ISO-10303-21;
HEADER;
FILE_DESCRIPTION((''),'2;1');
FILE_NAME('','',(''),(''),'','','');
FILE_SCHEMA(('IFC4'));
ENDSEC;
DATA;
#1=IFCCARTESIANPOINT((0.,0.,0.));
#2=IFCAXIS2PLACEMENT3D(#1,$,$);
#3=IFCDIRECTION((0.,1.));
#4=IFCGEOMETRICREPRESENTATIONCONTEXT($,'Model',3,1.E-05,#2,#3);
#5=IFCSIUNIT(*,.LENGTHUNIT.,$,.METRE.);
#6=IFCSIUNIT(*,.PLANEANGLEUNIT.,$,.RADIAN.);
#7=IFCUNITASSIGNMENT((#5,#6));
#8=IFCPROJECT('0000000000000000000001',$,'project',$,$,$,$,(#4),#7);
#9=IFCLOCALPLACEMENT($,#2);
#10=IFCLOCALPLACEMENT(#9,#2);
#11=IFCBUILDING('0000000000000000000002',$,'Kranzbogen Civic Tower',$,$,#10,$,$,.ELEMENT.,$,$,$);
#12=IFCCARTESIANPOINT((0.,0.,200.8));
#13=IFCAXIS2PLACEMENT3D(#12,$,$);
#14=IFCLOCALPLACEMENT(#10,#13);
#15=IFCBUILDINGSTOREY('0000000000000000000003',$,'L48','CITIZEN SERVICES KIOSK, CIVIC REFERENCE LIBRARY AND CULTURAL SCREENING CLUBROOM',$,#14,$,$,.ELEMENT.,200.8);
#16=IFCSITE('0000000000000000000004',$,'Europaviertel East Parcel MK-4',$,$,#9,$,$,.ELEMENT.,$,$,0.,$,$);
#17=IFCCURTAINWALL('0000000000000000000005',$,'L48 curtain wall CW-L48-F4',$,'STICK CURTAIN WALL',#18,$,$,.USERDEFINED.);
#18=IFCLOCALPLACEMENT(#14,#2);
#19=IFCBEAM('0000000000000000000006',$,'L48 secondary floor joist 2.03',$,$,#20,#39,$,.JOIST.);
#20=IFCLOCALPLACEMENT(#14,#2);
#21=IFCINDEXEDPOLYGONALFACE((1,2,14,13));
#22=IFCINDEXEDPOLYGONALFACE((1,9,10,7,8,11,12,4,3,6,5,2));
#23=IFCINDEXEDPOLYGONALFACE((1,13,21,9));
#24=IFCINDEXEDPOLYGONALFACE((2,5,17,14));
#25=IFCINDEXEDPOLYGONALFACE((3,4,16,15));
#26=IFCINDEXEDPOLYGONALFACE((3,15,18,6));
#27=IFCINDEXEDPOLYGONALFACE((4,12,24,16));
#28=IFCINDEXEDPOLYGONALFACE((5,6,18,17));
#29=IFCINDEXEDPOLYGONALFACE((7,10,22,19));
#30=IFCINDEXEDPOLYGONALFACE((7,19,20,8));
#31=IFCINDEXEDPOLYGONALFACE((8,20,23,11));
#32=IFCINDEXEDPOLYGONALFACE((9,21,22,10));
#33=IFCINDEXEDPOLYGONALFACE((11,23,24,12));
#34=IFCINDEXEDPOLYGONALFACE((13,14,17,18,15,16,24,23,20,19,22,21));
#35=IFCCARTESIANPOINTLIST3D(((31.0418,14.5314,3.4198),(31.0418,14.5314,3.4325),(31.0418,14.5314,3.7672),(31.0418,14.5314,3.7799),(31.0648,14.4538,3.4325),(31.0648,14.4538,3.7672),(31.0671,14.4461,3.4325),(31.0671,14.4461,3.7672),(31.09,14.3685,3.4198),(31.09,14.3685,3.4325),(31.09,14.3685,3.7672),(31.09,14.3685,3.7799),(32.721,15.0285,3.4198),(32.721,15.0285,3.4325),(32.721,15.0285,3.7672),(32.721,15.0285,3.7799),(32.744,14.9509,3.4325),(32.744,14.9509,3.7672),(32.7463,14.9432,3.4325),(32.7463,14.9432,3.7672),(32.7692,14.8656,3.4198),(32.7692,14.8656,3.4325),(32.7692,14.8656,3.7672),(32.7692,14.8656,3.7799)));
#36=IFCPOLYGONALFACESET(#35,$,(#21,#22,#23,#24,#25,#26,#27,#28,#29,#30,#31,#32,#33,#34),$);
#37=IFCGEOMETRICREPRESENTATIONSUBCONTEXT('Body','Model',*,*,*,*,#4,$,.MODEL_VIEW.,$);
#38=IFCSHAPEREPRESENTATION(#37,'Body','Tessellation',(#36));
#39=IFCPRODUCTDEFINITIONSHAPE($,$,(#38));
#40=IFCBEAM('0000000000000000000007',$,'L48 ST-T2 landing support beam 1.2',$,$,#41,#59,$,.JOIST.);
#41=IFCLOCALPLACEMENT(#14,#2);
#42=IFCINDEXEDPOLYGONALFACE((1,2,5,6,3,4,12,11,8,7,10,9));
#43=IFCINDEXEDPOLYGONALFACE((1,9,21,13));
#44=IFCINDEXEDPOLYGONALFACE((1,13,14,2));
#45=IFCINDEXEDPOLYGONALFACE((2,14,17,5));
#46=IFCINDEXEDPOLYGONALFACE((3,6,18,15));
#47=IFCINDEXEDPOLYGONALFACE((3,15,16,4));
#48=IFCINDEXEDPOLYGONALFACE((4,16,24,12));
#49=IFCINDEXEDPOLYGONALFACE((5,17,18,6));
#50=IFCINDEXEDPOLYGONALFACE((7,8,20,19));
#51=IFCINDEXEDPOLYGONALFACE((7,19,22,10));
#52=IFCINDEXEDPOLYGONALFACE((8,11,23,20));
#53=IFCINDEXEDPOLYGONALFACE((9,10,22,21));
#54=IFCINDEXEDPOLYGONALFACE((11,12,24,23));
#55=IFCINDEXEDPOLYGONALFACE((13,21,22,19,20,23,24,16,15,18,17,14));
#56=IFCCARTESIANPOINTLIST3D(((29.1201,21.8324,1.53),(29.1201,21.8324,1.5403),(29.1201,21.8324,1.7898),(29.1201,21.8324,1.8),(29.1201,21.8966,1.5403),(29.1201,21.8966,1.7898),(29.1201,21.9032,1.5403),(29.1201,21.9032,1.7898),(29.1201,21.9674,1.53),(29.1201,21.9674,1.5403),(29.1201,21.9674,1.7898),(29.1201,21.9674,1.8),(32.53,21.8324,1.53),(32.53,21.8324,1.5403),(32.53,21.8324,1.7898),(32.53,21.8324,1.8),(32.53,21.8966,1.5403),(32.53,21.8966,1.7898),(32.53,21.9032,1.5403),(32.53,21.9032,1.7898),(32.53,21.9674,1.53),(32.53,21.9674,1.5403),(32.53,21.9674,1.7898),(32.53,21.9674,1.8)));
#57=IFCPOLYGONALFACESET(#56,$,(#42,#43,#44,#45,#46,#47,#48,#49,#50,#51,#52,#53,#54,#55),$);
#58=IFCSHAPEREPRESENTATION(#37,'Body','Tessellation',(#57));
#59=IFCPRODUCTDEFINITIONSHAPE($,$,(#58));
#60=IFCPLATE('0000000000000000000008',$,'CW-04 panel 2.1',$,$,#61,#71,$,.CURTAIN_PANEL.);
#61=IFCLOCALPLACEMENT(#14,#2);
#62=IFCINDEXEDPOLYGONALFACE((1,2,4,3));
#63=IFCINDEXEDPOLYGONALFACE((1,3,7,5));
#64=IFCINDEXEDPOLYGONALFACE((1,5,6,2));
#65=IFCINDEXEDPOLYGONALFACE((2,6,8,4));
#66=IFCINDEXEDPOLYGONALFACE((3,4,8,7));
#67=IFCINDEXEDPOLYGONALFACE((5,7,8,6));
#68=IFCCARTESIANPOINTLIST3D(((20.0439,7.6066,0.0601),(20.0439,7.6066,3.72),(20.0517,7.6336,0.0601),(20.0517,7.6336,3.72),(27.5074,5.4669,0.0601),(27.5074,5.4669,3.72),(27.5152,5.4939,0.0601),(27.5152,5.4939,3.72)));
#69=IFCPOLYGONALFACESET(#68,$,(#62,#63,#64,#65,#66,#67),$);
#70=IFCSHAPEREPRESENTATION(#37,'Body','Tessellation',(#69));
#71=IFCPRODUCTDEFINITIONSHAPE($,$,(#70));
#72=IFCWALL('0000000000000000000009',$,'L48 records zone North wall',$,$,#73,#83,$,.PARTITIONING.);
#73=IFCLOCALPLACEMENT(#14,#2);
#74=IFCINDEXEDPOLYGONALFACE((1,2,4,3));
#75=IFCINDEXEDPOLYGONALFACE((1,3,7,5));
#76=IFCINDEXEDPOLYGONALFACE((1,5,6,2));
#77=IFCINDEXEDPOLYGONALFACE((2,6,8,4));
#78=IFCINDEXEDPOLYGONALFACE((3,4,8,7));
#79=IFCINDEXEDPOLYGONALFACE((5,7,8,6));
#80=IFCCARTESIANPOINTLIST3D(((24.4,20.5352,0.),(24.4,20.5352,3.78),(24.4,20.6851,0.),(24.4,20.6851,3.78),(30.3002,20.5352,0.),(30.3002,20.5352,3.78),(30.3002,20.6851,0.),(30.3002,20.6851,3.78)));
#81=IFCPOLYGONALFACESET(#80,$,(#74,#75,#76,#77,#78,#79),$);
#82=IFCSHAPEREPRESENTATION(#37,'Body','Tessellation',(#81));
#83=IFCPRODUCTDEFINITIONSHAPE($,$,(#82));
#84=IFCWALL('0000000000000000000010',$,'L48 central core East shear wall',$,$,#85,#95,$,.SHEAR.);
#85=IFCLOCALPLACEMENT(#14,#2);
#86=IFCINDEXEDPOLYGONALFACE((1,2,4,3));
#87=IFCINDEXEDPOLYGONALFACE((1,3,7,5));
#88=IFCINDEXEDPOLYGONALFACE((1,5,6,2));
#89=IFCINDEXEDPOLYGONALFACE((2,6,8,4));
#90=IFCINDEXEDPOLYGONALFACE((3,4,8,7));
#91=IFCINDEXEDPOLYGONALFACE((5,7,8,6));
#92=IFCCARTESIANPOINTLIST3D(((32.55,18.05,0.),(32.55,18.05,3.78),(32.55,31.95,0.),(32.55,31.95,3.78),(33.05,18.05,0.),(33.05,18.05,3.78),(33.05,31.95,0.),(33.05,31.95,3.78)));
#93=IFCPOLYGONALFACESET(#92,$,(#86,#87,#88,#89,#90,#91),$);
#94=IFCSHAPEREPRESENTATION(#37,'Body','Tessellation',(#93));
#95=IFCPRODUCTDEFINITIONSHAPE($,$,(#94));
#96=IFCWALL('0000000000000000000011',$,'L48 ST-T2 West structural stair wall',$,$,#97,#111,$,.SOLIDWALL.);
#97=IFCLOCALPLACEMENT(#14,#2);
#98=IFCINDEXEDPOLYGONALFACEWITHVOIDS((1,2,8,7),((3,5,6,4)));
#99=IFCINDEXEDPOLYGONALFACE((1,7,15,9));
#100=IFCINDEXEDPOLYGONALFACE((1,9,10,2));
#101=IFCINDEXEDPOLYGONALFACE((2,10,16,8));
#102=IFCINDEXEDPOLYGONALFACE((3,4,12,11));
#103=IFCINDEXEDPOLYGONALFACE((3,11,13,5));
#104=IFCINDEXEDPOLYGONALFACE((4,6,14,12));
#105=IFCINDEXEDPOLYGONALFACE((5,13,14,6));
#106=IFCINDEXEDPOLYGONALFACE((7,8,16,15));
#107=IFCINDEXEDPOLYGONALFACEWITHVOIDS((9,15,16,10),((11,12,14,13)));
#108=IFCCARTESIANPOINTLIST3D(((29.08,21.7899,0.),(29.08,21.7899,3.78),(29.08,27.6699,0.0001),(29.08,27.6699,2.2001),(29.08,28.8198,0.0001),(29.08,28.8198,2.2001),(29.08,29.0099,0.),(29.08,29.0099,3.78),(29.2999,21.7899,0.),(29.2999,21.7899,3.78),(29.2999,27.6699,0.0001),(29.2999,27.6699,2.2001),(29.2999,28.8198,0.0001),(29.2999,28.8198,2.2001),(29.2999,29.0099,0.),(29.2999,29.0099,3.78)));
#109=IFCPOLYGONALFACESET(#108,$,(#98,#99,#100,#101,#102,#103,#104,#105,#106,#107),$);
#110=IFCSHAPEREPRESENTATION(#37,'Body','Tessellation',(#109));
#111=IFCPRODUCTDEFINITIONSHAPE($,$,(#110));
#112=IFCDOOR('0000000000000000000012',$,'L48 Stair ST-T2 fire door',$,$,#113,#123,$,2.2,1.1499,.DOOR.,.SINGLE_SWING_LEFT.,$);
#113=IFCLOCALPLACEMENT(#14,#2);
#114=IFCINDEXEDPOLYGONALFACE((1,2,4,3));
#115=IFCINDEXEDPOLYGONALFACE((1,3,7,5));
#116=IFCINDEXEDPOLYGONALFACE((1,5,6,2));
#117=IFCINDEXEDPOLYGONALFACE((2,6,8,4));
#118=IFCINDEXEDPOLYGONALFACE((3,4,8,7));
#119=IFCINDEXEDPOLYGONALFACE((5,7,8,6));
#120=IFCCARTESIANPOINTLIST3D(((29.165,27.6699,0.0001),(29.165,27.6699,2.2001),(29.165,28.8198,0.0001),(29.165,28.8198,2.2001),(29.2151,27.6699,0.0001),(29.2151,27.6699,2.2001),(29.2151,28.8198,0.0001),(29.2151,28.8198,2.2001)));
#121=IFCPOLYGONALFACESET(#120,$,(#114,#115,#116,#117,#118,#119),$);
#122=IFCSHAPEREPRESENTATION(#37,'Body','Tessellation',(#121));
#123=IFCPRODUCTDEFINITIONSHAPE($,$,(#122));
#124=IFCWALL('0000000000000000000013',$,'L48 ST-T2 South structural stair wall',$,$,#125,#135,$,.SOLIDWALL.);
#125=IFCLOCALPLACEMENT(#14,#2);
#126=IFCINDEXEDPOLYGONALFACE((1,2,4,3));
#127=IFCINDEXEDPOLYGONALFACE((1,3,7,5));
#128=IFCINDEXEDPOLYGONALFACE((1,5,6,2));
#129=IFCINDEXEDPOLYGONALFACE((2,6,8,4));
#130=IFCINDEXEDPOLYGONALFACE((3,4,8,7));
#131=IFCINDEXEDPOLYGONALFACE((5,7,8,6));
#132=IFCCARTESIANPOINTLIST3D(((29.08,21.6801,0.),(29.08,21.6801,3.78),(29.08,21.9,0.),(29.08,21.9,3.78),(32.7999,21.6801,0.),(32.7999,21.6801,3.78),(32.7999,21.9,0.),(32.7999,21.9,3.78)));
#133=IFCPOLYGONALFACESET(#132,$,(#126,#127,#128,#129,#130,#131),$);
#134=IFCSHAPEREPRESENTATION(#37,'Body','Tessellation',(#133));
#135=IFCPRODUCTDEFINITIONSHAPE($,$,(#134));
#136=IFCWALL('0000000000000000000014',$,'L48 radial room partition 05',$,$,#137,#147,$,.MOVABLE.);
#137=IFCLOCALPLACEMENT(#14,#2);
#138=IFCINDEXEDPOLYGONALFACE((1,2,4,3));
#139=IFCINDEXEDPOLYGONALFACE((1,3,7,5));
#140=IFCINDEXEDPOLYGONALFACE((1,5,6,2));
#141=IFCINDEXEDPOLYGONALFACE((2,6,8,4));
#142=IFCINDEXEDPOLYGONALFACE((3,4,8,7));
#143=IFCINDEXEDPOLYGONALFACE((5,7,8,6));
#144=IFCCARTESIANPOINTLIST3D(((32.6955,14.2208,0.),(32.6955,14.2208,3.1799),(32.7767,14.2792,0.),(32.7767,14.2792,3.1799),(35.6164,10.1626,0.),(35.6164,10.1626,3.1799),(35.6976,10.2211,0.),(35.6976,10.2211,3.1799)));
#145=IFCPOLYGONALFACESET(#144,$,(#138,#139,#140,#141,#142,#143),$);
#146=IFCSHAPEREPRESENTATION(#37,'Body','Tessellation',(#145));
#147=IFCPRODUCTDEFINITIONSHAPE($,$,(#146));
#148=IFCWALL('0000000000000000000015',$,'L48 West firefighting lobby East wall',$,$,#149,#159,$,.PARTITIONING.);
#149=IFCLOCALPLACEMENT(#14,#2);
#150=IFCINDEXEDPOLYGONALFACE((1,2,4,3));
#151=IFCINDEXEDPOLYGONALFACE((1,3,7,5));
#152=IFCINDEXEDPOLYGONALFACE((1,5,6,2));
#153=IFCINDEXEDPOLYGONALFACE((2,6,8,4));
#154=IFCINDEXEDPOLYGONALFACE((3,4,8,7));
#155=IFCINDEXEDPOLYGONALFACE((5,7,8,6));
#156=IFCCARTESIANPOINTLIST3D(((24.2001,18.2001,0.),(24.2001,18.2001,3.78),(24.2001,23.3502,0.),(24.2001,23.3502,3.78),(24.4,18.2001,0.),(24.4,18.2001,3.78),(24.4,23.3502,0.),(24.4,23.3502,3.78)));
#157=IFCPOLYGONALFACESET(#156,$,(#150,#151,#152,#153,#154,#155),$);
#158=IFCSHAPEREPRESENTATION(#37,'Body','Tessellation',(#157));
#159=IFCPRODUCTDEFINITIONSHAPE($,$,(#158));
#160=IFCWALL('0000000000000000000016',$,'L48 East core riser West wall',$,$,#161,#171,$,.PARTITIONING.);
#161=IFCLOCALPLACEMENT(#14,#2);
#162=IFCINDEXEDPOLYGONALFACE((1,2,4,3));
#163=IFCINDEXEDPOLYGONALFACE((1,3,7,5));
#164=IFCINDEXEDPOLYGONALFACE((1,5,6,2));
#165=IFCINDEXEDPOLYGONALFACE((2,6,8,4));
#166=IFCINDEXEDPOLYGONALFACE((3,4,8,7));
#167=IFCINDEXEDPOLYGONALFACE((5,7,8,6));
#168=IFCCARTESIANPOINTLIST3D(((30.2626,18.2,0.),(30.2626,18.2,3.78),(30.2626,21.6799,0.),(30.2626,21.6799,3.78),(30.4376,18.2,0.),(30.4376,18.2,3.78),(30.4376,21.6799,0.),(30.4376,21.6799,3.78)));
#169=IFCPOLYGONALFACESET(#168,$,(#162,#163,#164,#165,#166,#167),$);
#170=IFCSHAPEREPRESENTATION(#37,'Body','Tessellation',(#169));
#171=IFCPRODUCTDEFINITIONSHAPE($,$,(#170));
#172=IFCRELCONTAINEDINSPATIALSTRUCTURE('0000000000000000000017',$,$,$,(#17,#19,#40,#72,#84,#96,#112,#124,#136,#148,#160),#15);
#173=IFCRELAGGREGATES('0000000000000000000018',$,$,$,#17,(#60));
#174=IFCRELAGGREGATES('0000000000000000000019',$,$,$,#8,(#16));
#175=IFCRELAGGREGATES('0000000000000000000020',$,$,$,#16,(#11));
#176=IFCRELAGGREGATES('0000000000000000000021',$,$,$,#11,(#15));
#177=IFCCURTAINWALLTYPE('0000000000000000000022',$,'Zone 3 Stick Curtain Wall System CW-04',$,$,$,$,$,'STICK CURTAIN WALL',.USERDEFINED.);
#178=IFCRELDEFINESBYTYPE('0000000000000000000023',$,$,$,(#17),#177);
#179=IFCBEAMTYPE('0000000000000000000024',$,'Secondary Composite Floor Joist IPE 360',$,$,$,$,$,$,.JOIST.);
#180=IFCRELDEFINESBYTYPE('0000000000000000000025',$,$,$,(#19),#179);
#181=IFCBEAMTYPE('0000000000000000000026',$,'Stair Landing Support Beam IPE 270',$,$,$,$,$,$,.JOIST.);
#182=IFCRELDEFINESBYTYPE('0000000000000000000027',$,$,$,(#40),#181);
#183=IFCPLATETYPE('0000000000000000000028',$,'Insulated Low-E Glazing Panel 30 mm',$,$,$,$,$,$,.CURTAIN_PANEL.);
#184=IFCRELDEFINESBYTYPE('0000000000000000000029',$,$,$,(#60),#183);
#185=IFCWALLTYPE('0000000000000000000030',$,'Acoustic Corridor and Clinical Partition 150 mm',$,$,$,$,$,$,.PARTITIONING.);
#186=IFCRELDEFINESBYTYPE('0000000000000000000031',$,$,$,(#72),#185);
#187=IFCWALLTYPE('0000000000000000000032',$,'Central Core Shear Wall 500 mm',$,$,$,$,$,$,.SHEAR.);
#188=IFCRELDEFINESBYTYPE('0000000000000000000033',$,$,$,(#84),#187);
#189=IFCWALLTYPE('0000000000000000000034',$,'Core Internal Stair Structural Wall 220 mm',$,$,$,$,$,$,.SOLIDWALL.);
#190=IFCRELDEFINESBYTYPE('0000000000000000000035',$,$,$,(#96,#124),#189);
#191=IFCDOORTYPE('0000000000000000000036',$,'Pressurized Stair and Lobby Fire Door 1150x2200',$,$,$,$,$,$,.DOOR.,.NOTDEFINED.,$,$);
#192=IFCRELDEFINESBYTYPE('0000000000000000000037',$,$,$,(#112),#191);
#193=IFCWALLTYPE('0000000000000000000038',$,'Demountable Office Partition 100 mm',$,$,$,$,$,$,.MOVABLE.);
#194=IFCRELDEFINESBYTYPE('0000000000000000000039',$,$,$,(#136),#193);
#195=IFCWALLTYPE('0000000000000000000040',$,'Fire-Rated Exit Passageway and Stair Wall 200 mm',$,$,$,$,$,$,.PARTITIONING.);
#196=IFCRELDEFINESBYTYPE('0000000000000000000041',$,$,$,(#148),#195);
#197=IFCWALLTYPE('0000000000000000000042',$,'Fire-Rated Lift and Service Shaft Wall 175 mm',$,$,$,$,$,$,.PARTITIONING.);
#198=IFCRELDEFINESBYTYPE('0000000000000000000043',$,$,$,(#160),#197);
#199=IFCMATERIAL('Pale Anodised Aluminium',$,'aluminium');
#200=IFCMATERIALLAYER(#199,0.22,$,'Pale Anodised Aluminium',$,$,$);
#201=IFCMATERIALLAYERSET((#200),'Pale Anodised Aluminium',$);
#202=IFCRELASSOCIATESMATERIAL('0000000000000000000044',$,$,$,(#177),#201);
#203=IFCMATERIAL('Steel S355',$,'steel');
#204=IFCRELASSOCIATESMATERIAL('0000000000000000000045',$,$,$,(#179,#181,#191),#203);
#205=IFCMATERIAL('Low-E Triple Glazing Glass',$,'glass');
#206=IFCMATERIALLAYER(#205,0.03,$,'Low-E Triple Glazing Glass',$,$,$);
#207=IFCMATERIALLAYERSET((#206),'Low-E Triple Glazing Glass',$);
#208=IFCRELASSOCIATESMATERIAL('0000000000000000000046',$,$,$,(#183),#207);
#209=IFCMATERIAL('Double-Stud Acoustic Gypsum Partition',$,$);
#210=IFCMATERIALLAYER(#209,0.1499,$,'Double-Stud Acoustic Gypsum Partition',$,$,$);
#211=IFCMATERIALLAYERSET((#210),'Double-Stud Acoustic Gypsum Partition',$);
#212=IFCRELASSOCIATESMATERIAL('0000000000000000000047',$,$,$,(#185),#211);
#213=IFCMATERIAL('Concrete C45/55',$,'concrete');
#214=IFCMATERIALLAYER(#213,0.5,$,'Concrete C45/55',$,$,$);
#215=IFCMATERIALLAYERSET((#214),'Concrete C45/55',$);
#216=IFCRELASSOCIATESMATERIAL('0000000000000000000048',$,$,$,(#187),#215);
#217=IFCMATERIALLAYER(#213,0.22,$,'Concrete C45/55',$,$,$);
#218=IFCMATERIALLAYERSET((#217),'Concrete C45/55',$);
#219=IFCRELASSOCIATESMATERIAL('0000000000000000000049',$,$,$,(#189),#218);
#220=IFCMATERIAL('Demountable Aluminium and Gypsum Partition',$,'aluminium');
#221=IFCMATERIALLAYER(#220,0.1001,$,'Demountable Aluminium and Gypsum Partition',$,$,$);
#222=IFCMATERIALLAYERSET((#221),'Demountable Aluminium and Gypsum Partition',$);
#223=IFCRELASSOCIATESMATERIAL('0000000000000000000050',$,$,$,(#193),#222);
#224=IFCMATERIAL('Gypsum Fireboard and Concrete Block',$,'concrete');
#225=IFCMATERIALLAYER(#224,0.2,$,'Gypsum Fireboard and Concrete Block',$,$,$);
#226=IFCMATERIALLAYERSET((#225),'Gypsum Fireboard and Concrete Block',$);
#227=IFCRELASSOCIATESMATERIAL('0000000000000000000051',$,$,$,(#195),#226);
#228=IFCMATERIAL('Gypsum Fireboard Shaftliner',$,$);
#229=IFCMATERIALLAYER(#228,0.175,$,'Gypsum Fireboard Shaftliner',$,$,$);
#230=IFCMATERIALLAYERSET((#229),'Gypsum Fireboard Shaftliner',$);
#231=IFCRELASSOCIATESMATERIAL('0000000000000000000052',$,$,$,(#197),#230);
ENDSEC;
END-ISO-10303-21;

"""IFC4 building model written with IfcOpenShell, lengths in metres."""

from ifc_helpers import new_model, si_unit, direction, frame, frame_2d, origin, origin_2d, place, context, subcontext, project, spatial, rectangle, i_section, extrude, material, layer, layer_set, material_profile, profile_set, type_object, element, fill, aggregate, save


model = new_model("IFC4")

# Units and contexts
model_context = context("Model", 3, precision=1e-05, world=origin(), true_north=direction((0.0, 1.0)))
body_context = subcontext(model_context, "Body", "Model", "MODEL_VIEW")
ifc_project = project(units=[si_unit("LENGTHUNIT", "METRE"), si_unit("PLANEANGLEUNIT", "RADIAN")], contexts=[model_context])

# Site, building, storey
site_placement = place(None, origin())
site = spatial("IfcSite", under=ifc_project, at=site_placement, Name="Europaviertel East Parcel MK-4", CompositionType="ELEMENT", RefElevation=0.0)
building_placement = place(site_placement, origin())
building = spatial("IfcBuilding", under=site, at=building_placement, Name="Kranzbogen Civic Tower", CompositionType="ELEMENT")
storey_placement = place(building_placement, frame((0.0, 0.0, 200.8)))
storey = spatial("IfcBuildingStorey", under=building, at=storey_placement, Name="L48", Description="CITIZEN SERVICES KIOSK, CIVIC REFERENCE LIBRARY AND CULTURAL SCREENING CLUBROOM", CompositionType="ELEMENT", Elevation=200.8)

# Shared definitions
ifc_material_1 = material(Name="Steel S355", Category="steel")

# Curtain wall
ifc_material_2 = material(Name="Pale Anodised Aluminium", Category="aluminium")
ifc_layer_1 = layer(ifc_material_2, 0.22, Name="Pale Anodised Aluminium")
ifc_layer_set_1 = layer_set([ifc_layer_1], Name="Pale Anodised Aluminium")
curtain_wall_type = type_object("IfcCurtainWallType", Name="Zone 3 Stick Curtain Wall System CW-04", ElementType="STICK CURTAIN WALL", PredefinedType="USERDEFINED", material=ifc_layer_set_1)
curtain_wall_1_placement = place(storey_placement, origin())
curtain_wall_1 = element("IfcCurtainWall", 1, at=curtain_wall_1_placement, inside=storey, type_object=curtain_wall_type, Name="L48 curtain wall CW-L48-F4", ObjectType="STICK CURTAIN WALL", PredefinedType="USERDEFINED")

# Beams
ifc_material_profile_1 = material_profile(ifc_material_1, i_section(OverallWidth=0.1699, OverallDepth=0.3601, WebThickness=0.0081, FlangeThickness=0.0127, at=origin_2d()), Name="IPE 360")
ifc_profile_set_1 = profile_set([ifc_material_profile_1], Name="Steel S355")
beam_type_1 = type_object("IfcBeamType", Name="Secondary Composite Floor Joist IPE 360", PredefinedType="JOIST", material=ifc_profile_set_1)
beam_1_placement = place(storey_placement, frame((31.0659, 14.45, 3.5999), z_axis=(0.958871, 0.283841, 0.0), x_axis=(-0.283841, 0.958871, 0.0)))
element("IfcBeam", 2, at=beam_1_placement, inside=storey, type_object=beam_type_1, Name="L48 secondary floor joist 2.03", PredefinedType="JOIST", context=body_context, shape_type="SweptSolid", body=[
    extrude(i_section(OverallWidth=0.1699, OverallDepth=0.3601, WebThickness=0.0081, FlangeThickness=0.0127, at=origin_2d()), origin(), (0.0, 0.0, 1.0), 1.7512),
])
ifc_material_profile_2 = material_profile(ifc_material_1, i_section(OverallWidth=0.135, OverallDepth=0.27, WebThickness=0.0066, FlangeThickness=0.0103, at=origin_2d()), Name="IPE 270")
ifc_profile_set_2 = profile_set([ifc_material_profile_2], Name="Steel S355")
beam_type_2 = type_object("IfcBeamType", Name="Stair Landing Support Beam IPE 270", PredefinedType="JOIST", material=ifc_profile_set_2)
beam_2_placement = place(storey_placement, frame((29.1201, 21.8999, 1.665), z_axis=(1.0, 0.0, 0.0), x_axis=(0.0, 1.0, 0.0)))
element("IfcBeam", 3, at=beam_2_placement, inside=storey, type_object=beam_type_2, Name="L48 ST-T2 landing support beam 1.2", PredefinedType="JOIST", context=body_context, shape_type="SweptSolid", body=[
    extrude(i_section(OverallWidth=0.135, OverallDepth=0.27, WebThickness=0.0066, FlangeThickness=0.0103, at=origin_2d()), origin(), (0.0, 0.0, 1.0), 3.4099),
])

# Plate
ifc_material_3 = material(Name="Low-E Triple Glazing Glass", Category="glass")
ifc_layer_2 = layer(ifc_material_3, 0.03, Name="Low-E Triple Glazing Glass")
ifc_layer_set_2 = layer_set([ifc_layer_2], Name="Low-E Triple Glazing Glass")
plate_type = type_object("IfcPlateType", Name="Insulated Low-E Glazing Panel 30 mm", PredefinedType="CURTAIN_PANEL", material=ifc_layer_set_2)
plate_placement = place(storey_placement, frame((23.7795, 6.5503, 0.0601), z_axis=(0.0, 0.0, 1.0), x_axis=(0.961276, -0.275587, 0.0)))
plate = element("IfcPlate", 4, at=plate_placement, type_object=plate_type, Name="CW-04 panel 2.1", PredefinedType="CURTAIN_PANEL", context=body_context, shape_type="SweptSolid", body=[
    extrude(rectangle(XDim=7.7642, YDim=0.0281, at=origin_2d()), origin(), (0.0, 0.0, 1.0), 3.6599),
])
aggregate(curtain_wall_1, [plate])

# Walls
ifc_material_4 = material(Name="Double-Stud Acoustic Gypsum Partition")
ifc_layer_3 = layer(ifc_material_4, 0.1499, Name="Double-Stud Acoustic Gypsum Partition")
ifc_layer_set_3 = layer_set([ifc_layer_3], Name="Double-Stud Acoustic Gypsum Partition")
wall_type_1 = type_object("IfcWallType", Name="Acoustic Corridor and Clinical Partition 150 mm", PredefinedType="PARTITIONING", material=ifc_layer_set_3)
wall_1_placement = place(storey_placement, frame((24.3999, 20.6101, 0.0), z_axis=(0.0, 0.0, 1.0), x_axis=(1.0, 0.0, 0.0)))
element("IfcWall", 5, at=wall_1_placement, inside=storey, type_object=wall_type_1, Name="L48 records zone North wall", PredefinedType="PARTITIONING", context=body_context, shape_type="SweptSolid", body=[
    extrude(rectangle(XDim=5.9001, YDim=0.1499, at=frame_2d((2.9502, 0.0))), origin(), (0.0, 0.0, 1.0), 3.78),
])
ifc_material_5 = material(Name="Concrete C45/55", Category="concrete")
ifc_layer_4 = layer(ifc_material_5, 0.5, Name="Concrete C45/55")
ifc_layer_set_4 = layer_set([ifc_layer_4], Name="Concrete C45/55")
wall_type_2 = type_object("IfcWallType", Name="Central Core Shear Wall 500 mm", PredefinedType="SHEAR", material=ifc_layer_set_4)
wall_2_placement = place(storey_placement, frame((32.8, 18.05, 0.0), z_axis=(0.0, 0.0, 1.0), x_axis=(0.0, 1.0, 0.0)))
element("IfcWall", 6, at=wall_2_placement, inside=storey, type_object=wall_type_2, Name="L48 central core East shear wall", PredefinedType="SHEAR", context=body_context, shape_type="SweptSolid", body=[
    extrude(rectangle(XDim=13.8999, YDim=0.5, at=frame_2d((6.95, 0.0))), origin(), (0.0, 0.0, 1.0), 3.78),
])

# Wall, opening, door
ifc_layer_5 = layer(ifc_material_5, 0.22, Name="Concrete C45/55")
ifc_layer_set_5 = layer_set([ifc_layer_5], Name="Concrete C45/55")
wall_type_3 = type_object("IfcWallType", Name="Core Internal Stair Structural Wall 220 mm", PredefinedType="SOLIDWALL", material=ifc_layer_set_5)
wall_3_placement = place(storey_placement, frame((29.1899, 21.79, 0.0), z_axis=(0.0, 0.0, 1.0), x_axis=(0.0, 1.0, 0.0)))
wall_3 = element("IfcWall", 7, at=wall_3_placement, inside=storey, type_object=wall_type_3, Name="L48 ST-T2 West structural stair wall", PredefinedType="SOLIDWALL", context=body_context, shape_type="SweptSolid", body=[
    extrude(rectangle(XDim=7.22, YDim=0.22, at=frame_2d((3.6099, 0.0))), origin(), (0.0, 0.0, 1.0), 3.78),
])
opening_1_placement = place(wall_3_placement, frame((5.8799, 0.0, 0.0)))
opening_1 = element("IfcOpeningElement", 8, at=opening_1_placement, cuts=wall_3, PredefinedType="OPENING", context=body_context, shape_type="SweptSolid", body=[
    extrude(rectangle(XDim=1.1499, YDim=2.2, at=frame_2d((0.575, 1.1001))), frame((0.0, 0.1201, 0.0), z_axis=(0.0, -1.0, 0.0), x_axis=(1.0, 0.0, 0.0)), (0.0, 0.0, 1.0), 0.24),
])
door_type_1 = type_object("IfcDoorType", Name="Pressurized Stair and Lobby Fire Door 1150x2200", OperationType="NOTDEFINED", PredefinedType="DOOR", material=ifc_material_1)
door_1_placement = place(opening_1_placement, origin())
door_1 = element("IfcDoor", 9, at=door_1_placement, inside=storey, type_object=door_type_1, Name="L48 Stair ST-T2 fire door", OperationType="SINGLE_SWING_LEFT", OverallHeight=2.2, OverallWidth=1.1499, PredefinedType="DOOR", context=body_context, shape_type="SweptSolid", body=[
    extrude(rectangle(XDim=1.1499, YDim=2.2, at=frame_2d((0.575, 1.1001))), frame((0.0, 0.0249, 0.0), z_axis=(0.0, -1.0, 0.0), x_axis=(1.0, 0.0, 0.0)), (0.0, 0.0, 1.0), 0.05),
])
fill(opening_1, door_1)

# Walls
wall_4_placement = place(storey_placement, frame((29.0801, 21.79, 0.0), z_axis=(0.0, 0.0, 1.0), x_axis=(1.0, 0.0, 0.0)))
element("IfcWall", 10, at=wall_4_placement, inside=storey, type_object=wall_type_3, Name="L48 ST-T2 South structural stair wall", PredefinedType="SOLIDWALL", context=body_context, shape_type="SweptSolid", body=[
    extrude(rectangle(XDim=3.72, YDim=0.22, at=frame_2d((1.8599, 0.0))), origin(), (0.0, 0.0, 1.0), 3.78),
])
ifc_material_6 = material(Name="Demountable Aluminium and Gypsum Partition", Category="aluminium")
ifc_layer_6 = layer(ifc_material_6, 0.1001, Name="Demountable Aluminium and Gypsum Partition")
ifc_layer_set_6 = layer_set([ifc_layer_6], Name="Demountable Aluminium and Gypsum Partition")
wall_type_4 = type_object("IfcWallType", Name="Demountable Office Partition 100 mm", PredefinedType="MOVABLE", material=ifc_layer_set_6)
wall_5_placement = place(storey_placement, frame((32.7361, 14.25, 0.0), z_axis=(0.0, 0.0, 1.0), x_axis=(0.584181, -0.811623, 0.0)))
element("IfcWall", 11, at=wall_5_placement, inside=storey, type_object=wall_type_4, Name="L48 radial room partition 05", PredefinedType="MOVABLE", context=body_context, shape_type="SweptSolid", body=[
    extrude(rectangle(XDim=5.0, YDim=0.1001, at=frame_2d((2.5, 0.0))), origin(), (0.0, 0.0, 1.0), 3.1799),
])
ifc_material_7 = material(Name="Gypsum Fireboard and Concrete Block", Category="concrete")
ifc_layer_7 = layer(ifc_material_7, 0.2, Name="Gypsum Fireboard and Concrete Block")
ifc_layer_set_7 = layer_set([ifc_layer_7], Name="Gypsum Fireboard and Concrete Block")
wall_type_5 = type_object("IfcWallType", Name="Fire-Rated Exit Passageway and Stair Wall 200 mm", PredefinedType="PARTITIONING", material=ifc_layer_set_7)
wall_6_placement = place(storey_placement, frame((24.3, 18.2, 0.0), z_axis=(0.0, 0.0, 1.0), x_axis=(0.0, 1.0, 0.0)))
element("IfcWall", 12, at=wall_6_placement, inside=storey, type_object=wall_type_5, Name="L48 West firefighting lobby East wall", PredefinedType="PARTITIONING", context=body_context, shape_type="SweptSolid", body=[
    extrude(rectangle(XDim=5.1501, YDim=0.2, at=frame_2d((2.5752, 0.0))), origin(), (0.0, 0.0, 1.0), 3.78),
])
ifc_material_8 = material(Name="Gypsum Fireboard Shaftliner")
ifc_layer_8 = layer(ifc_material_8, 0.175, Name="Gypsum Fireboard Shaftliner")
ifc_layer_set_8 = layer_set([ifc_layer_8], Name="Gypsum Fireboard Shaftliner")
wall_type_6 = type_object("IfcWallType", Name="Fire-Rated Lift and Service Shaft Wall 175 mm", PredefinedType="PARTITIONING", material=ifc_layer_set_8)
wall_7_placement = place(storey_placement, frame((30.3501, 18.2, 0.0), z_axis=(0.0, 0.0, 1.0), x_axis=(0.0, 1.0, 0.0)))
element("IfcWall", 13, at=wall_7_placement, inside=storey, type_object=wall_type_6, Name="L48 East core riser West wall", PredefinedType="PARTITIONING", context=body_context, shape_type="SweptSolid", body=[
    extrude(rectangle(XDim=3.48, YDim=0.175, at=frame_2d((1.74, 0.0))), origin(), (0.0, 0.0, 1.0), 3.78),
])

save(model, "model.ifc")
